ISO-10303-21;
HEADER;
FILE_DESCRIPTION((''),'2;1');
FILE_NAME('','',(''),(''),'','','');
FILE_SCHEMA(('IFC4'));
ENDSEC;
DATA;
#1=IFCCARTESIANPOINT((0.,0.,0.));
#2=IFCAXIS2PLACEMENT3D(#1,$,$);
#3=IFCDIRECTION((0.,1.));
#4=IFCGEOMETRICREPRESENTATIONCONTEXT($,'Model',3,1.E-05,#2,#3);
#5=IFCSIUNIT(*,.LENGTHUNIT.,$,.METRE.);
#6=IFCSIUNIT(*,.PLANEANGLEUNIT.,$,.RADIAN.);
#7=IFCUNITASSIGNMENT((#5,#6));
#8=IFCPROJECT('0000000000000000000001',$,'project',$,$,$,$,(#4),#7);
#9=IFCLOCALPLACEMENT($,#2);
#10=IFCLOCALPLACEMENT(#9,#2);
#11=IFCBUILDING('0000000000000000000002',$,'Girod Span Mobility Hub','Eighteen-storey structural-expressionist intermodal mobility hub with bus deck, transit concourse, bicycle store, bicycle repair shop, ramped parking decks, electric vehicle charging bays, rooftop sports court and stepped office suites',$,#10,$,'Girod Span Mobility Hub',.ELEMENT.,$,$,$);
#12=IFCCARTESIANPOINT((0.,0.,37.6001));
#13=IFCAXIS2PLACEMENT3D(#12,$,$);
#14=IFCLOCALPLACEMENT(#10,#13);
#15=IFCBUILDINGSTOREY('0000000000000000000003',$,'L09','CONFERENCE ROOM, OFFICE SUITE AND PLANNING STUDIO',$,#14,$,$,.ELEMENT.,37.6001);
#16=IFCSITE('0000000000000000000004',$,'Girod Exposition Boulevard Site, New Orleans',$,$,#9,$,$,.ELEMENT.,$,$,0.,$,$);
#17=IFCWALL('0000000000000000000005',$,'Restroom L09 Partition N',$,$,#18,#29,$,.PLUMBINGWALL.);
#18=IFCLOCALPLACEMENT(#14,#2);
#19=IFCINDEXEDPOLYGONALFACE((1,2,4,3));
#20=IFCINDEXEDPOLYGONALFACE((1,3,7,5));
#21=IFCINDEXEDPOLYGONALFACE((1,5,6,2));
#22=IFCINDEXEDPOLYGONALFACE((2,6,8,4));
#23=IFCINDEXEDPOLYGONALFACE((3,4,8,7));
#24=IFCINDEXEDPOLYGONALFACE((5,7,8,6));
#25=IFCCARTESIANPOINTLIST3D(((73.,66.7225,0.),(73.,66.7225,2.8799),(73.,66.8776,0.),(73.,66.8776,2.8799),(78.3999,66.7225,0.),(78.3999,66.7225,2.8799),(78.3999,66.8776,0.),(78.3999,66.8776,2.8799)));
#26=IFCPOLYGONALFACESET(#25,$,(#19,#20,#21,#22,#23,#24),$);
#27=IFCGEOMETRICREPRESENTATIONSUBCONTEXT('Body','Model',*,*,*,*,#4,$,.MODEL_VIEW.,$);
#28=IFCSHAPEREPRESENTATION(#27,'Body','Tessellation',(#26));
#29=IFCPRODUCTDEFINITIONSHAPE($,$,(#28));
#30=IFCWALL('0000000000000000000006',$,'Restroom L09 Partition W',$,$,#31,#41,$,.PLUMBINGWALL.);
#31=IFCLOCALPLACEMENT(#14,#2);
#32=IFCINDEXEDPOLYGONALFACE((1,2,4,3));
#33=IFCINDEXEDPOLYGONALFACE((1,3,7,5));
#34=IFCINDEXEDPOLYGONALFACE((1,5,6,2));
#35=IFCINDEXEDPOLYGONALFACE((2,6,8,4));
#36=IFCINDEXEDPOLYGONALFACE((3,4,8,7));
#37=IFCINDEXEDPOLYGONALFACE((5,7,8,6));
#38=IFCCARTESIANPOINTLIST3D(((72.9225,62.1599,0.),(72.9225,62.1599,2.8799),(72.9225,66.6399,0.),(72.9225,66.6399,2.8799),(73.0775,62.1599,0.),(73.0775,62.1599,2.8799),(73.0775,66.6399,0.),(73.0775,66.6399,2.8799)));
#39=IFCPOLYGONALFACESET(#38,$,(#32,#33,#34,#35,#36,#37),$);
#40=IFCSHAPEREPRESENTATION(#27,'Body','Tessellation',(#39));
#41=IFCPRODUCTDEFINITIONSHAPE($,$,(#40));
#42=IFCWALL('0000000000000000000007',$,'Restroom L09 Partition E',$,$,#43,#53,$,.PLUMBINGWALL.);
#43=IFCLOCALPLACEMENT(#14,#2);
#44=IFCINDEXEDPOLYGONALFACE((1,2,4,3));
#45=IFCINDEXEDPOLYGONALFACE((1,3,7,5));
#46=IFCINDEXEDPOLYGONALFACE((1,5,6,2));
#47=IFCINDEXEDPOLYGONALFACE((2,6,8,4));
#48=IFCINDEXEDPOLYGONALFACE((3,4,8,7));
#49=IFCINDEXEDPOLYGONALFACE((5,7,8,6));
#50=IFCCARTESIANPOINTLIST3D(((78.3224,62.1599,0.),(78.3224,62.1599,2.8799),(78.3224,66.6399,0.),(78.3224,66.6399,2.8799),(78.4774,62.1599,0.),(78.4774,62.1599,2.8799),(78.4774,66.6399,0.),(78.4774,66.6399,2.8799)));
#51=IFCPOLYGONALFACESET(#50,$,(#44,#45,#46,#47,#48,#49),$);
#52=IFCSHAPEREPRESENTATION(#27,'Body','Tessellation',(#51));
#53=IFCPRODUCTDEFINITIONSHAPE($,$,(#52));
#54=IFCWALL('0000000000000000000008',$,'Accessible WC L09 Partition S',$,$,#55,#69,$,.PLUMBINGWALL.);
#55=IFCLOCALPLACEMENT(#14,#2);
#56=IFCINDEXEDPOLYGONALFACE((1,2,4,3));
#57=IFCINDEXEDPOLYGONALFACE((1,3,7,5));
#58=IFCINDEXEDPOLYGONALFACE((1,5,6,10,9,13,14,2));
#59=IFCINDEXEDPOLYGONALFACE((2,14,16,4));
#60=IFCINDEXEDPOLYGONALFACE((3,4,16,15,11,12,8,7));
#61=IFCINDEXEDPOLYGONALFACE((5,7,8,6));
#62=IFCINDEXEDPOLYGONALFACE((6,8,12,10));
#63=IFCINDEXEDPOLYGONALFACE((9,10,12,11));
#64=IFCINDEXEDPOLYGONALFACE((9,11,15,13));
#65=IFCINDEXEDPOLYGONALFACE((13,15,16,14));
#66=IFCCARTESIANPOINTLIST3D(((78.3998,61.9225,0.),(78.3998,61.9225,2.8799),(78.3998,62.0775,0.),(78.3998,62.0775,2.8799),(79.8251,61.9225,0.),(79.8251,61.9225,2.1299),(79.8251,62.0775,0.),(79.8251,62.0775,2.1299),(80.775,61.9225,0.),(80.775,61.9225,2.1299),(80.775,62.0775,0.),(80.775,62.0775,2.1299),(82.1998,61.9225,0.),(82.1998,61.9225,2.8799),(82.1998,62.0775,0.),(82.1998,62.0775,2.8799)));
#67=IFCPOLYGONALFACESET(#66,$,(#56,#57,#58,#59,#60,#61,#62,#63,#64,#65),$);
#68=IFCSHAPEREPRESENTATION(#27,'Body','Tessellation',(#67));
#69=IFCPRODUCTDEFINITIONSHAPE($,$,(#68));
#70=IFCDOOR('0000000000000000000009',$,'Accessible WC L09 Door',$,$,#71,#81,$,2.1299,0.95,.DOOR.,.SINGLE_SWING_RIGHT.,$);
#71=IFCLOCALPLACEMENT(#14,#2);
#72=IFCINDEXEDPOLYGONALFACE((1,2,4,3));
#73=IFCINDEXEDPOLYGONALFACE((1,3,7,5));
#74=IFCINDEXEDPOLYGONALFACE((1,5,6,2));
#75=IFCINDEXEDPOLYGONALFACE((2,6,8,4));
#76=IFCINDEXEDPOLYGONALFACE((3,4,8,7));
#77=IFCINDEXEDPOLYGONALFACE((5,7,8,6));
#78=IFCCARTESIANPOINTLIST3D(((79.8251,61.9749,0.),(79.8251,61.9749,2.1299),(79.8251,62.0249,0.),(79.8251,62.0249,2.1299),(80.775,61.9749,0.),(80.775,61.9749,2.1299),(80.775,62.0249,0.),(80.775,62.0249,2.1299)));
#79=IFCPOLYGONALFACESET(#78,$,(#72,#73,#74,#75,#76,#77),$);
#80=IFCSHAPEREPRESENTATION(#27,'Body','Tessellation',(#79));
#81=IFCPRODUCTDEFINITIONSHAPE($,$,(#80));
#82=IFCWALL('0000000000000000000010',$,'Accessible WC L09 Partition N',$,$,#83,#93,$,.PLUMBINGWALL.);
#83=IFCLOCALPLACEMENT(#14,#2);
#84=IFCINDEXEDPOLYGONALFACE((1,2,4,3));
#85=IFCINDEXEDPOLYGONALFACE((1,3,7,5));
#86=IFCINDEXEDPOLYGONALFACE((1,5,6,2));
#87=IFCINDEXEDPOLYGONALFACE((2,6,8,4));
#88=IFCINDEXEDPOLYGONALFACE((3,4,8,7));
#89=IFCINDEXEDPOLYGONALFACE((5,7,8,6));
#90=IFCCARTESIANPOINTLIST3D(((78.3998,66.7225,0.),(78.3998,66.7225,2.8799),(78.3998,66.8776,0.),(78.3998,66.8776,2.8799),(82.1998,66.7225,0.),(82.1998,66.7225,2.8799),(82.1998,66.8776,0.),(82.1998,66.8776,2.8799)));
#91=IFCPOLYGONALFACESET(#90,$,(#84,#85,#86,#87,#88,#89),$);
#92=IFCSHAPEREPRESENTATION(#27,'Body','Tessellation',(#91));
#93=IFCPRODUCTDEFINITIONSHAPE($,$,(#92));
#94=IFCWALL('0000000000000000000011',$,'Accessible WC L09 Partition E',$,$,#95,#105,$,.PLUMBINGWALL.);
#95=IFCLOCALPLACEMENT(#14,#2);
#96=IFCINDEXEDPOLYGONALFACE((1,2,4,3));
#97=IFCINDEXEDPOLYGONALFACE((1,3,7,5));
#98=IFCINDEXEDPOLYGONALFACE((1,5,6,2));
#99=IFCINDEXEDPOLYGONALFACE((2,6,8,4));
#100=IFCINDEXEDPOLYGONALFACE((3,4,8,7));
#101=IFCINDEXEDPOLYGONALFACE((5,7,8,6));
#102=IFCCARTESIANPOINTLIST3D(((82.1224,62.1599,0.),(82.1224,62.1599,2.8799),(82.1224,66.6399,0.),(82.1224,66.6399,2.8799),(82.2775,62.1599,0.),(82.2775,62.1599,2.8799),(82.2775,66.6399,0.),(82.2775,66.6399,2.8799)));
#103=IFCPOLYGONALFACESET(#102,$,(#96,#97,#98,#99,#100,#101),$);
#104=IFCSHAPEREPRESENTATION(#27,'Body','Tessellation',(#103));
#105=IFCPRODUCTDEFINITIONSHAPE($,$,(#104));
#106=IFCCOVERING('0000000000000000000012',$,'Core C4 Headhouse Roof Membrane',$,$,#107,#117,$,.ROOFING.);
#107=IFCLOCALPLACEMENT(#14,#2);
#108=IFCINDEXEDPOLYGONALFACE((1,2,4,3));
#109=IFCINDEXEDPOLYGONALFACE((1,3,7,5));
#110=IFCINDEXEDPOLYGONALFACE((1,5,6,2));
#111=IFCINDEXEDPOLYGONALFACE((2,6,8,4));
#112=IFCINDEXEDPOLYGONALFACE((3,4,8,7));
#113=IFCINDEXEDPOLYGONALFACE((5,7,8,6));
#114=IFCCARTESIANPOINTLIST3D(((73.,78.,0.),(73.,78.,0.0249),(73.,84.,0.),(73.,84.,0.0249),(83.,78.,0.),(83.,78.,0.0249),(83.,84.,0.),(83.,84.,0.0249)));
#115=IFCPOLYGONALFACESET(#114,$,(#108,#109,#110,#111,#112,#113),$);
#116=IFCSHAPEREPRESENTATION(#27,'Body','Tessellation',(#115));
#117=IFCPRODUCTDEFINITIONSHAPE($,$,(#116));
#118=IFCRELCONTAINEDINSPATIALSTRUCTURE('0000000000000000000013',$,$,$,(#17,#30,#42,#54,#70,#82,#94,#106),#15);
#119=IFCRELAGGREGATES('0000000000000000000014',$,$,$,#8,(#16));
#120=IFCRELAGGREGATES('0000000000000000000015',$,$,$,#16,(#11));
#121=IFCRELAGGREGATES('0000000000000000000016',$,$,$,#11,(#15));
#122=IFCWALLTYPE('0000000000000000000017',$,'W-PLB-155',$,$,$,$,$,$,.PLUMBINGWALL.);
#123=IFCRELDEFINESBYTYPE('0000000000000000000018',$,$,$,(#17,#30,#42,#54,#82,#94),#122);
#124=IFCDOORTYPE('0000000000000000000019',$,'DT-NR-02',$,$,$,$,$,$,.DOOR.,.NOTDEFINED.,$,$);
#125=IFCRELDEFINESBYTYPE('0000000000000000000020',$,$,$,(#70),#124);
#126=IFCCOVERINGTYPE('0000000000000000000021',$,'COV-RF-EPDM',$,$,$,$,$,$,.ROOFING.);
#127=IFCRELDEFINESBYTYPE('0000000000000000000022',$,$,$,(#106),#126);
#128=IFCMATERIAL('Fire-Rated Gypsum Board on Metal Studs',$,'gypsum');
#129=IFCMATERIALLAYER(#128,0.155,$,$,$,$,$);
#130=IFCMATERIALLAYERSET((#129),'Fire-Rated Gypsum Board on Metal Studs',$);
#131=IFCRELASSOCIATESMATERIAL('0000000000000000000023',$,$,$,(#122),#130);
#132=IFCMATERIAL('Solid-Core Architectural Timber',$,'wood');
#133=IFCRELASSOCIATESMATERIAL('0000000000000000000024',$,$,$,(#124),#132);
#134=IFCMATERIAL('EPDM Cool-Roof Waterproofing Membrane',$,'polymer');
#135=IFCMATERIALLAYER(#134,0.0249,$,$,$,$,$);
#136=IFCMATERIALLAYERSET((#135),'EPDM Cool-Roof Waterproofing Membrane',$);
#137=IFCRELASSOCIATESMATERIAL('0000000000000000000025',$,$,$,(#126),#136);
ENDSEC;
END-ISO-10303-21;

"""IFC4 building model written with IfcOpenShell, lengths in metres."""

from ifc_helpers import new_model, si_unit, direction, frame, frame_2d, origin, origin_2d, place, context, subcontext, project, spatial, rectangle, extrude, material, layer, layer_set, type_object, element, fill, save


model = new_model("IFC4")

# Units and contexts
model_context = context("Model", 3, precision=1e-05, world=origin(), true_north=direction((0.0, 1.0)))
body_context = subcontext(model_context, "Body", "Model", "MODEL_VIEW")
ifc_project = project(units=[si_unit("LENGTHUNIT", "METRE"), si_unit("PLANEANGLEUNIT", "RADIAN")], contexts=[model_context])

# Site, building, storey
site_placement = place(None, origin())
site = spatial("IfcSite", under=ifc_project, at=site_placement, Name="Girod Exposition Boulevard Site, New Orleans", CompositionType="ELEMENT", RefElevation=0.0)
building_placement = place(site_placement, origin())
building = spatial("IfcBuilding", under=site, at=building_placement, Name="Girod Span Mobility Hub", Description="Eighteen-storey structural-expressionist intermodal mobility hub with bus deck, transit concourse, bicycle store, bicycle repair shop, ramped parking decks, electric vehicle charging bays, rooftop sports court and stepped office suites", LongName="Girod Span Mobility Hub", CompositionType="ELEMENT")
storey_placement = place(building_placement, frame((0.0, 0.0, 37.6001)))
storey = spatial("IfcBuildingStorey", under=building, at=storey_placement, Name="L09", Description="CONFERENCE ROOM, OFFICE SUITE AND PLANNING STUDIO", CompositionType="ELEMENT", Elevation=37.6001)

# Shared definitions
ifc_material_1 = material(Name="Fire-Rated Gypsum Board on Metal Studs", Category="gypsum")
ifc_layer_1 = layer(ifc_material_1, 0.155)
ifc_layer_set_1 = layer_set([ifc_layer_1], Name="Fire-Rated Gypsum Board on Metal Studs")
wall_type = type_object("IfcWallType", Name="W-PLB-155", PredefinedType="PLUMBINGWALL", material=ifc_layer_set_1)

# Walls
wall_1_placement = place(storey_placement, frame((73.0, 66.8, 0.0), z_axis=(0.0, 0.0, 1.0), x_axis=(1.0, 0.0, 0.0)))
element("IfcWall", 1, at=wall_1_placement, inside=storey, type_object=wall_type, Name="Restroom L09 Partition N", PredefinedType="PLUMBINGWALL", context=body_context, shape_type="SweptSolid", body=[
    extrude(rectangle(XDim=5.3999, YDim=0.155, at=frame_2d((2.7, 0.0))), origin(), (0.0, 0.0, 1.0), 2.8799),
])
for number, where, z_axis, x_axis, name in (
    (2, (73.0, 62.1599, 0.0), (0.0, 0.0, 1.0), (0.0, 1.0, 0.0), "Restroom L09 Partition W"),
    (3, (78.3999, 62.1599, 0.0), (0.0, 0.0, 1.0), (0.0, 1.0, 0.0), "Restroom L09 Partition E"),
):
    element("IfcWall", number, at=place(storey_placement, frame(where, z_axis=z_axis, x_axis=x_axis)), inside=storey, type_object=wall_type, Name=name, PredefinedType="PLUMBINGWALL", context=body_context, shape_type="SweptSolid", body=[
        extrude(rectangle(XDim=4.48, YDim=0.155, at=frame_2d((2.24, 0.0))), origin(), (0.0, 0.0, 1.0), 2.8799),
    ])

# Wall, opening, door
wall_2_placement = place(storey_placement, frame((78.3999, 62.0, 0.0), z_axis=(0.0, 0.0, 1.0), x_axis=(1.0, 0.0, 0.0)))
wall_2 = element("IfcWall", 4, at=wall_2_placement, inside=storey, type_object=wall_type, Name="Accessible WC L09 Partition S", PredefinedType="PLUMBINGWALL", context=body_context, shape_type="SweptSolid", body=[
    extrude(rectangle(XDim=3.8, YDim=0.155, at=frame_2d((1.8999, 0.0))), origin(), (0.0, 0.0, 1.0), 2.8799),
])
opening_1_placement = place(wall_2_placement, frame((1.425, 0.0, 0.0)))
opening_1 = element("IfcOpeningElement", 5, at=opening_1_placement, cuts=wall_2, PredefinedType="OPENING", context=body_context, shape_type="SweptSolid", body=[
    extrude(rectangle(XDim=0.95, YDim=2.1299, at=frame_2d((0.4751, 1.0649))), frame((0.0, 0.0925, 0.0), z_axis=(0.0, -1.0, 0.0), x_axis=(1.0, 0.0, 0.0)), (0.0, 0.0, 1.0), 0.1851),
])
ifc_material_2 = material(Name="Solid-Core Architectural Timber", Category="wood")
door_type_1 = type_object("IfcDoorType", Name="DT-NR-02", OperationType="NOTDEFINED", PredefinedType="DOOR", material=ifc_material_2)
door_1_placement = place(opening_1_placement, origin())
door_1 = element("IfcDoor", 6, at=door_1_placement, inside=storey, type_object=door_type_1, Name="Accessible WC L09 Door", OperationType="SINGLE_SWING_RIGHT", OverallHeight=2.1299, OverallWidth=0.95, PredefinedType="DOOR", context=body_context, shape_type="SweptSolid", body=[
    extrude(rectangle(XDim=0.95, YDim=2.1299, at=frame_2d((0.4751, 1.0649))), frame((0.0, 0.0249, 0.0), z_axis=(0.0, -1.0, 0.0), x_axis=(1.0, 0.0, 0.0)), (0.0, 0.0, 1.0), 0.05),
])
fill(opening_1, door_1)

# Walls
wall_3_placement = place(storey_placement, frame((78.3999, 66.8, 0.0), z_axis=(0.0, 0.0, 1.0), x_axis=(1.0, 0.0, 0.0)))
element("IfcWall", 7, at=wall_3_placement, inside=storey, type_object=wall_type, Name="Accessible WC L09 Partition N", PredefinedType="PLUMBINGWALL", context=body_context, shape_type="SweptSolid", body=[
    extrude(rectangle(XDim=3.8, YDim=0.155, at=frame_2d((1.8999, 0.0))), origin(), (0.0, 0.0, 1.0), 2.8799),
])
wall_4_placement = place(storey_placement, frame((82.2, 62.1599, 0.0), z_axis=(0.0, 0.0, 1.0), x_axis=(0.0, 1.0, 0.0)))
element("IfcWall", 8, at=wall_4_placement, inside=storey, type_object=wall_type, Name="Accessible WC L09 Partition E", PredefinedType="PLUMBINGWALL", context=body_context, shape_type="SweptSolid", body=[
    extrude(rectangle(XDim=4.48, YDim=0.155, at=frame_2d((2.24, 0.0))), origin(), (0.0, 0.0, 1.0), 2.8799),
])

# Covering
ifc_material_3 = material(Name="EPDM Cool-Roof Waterproofing Membrane", Category="polymer")
ifc_layer_2 = layer(ifc_material_3, 0.0249)
ifc_layer_set_2 = layer_set([ifc_layer_2], Name="EPDM Cool-Roof Waterproofing Membrane")
covering_type = type_object("IfcCoveringType", Name="COV-RF-EPDM", PredefinedType="ROOFING", material=ifc_layer_set_2)
covering_placement = place(storey_placement, frame((78.0, 81.0, 0.0), z_axis=(0.0, 0.0, 1.0), x_axis=(1.0, 0.0, 0.0)))
element("IfcCovering", 9, at=covering_placement, inside=storey, type_object=covering_type, Name="Core C4 Headhouse Roof Membrane", PredefinedType="ROOFING", context=body_context, shape_type="SweptSolid", body=[
    extrude(rectangle(XDim=10.0, YDim=6.0, at=origin_2d()), origin(), (0.0, 0.0, 1.0), 0.0249),
])

save(model, "model.ifc")
